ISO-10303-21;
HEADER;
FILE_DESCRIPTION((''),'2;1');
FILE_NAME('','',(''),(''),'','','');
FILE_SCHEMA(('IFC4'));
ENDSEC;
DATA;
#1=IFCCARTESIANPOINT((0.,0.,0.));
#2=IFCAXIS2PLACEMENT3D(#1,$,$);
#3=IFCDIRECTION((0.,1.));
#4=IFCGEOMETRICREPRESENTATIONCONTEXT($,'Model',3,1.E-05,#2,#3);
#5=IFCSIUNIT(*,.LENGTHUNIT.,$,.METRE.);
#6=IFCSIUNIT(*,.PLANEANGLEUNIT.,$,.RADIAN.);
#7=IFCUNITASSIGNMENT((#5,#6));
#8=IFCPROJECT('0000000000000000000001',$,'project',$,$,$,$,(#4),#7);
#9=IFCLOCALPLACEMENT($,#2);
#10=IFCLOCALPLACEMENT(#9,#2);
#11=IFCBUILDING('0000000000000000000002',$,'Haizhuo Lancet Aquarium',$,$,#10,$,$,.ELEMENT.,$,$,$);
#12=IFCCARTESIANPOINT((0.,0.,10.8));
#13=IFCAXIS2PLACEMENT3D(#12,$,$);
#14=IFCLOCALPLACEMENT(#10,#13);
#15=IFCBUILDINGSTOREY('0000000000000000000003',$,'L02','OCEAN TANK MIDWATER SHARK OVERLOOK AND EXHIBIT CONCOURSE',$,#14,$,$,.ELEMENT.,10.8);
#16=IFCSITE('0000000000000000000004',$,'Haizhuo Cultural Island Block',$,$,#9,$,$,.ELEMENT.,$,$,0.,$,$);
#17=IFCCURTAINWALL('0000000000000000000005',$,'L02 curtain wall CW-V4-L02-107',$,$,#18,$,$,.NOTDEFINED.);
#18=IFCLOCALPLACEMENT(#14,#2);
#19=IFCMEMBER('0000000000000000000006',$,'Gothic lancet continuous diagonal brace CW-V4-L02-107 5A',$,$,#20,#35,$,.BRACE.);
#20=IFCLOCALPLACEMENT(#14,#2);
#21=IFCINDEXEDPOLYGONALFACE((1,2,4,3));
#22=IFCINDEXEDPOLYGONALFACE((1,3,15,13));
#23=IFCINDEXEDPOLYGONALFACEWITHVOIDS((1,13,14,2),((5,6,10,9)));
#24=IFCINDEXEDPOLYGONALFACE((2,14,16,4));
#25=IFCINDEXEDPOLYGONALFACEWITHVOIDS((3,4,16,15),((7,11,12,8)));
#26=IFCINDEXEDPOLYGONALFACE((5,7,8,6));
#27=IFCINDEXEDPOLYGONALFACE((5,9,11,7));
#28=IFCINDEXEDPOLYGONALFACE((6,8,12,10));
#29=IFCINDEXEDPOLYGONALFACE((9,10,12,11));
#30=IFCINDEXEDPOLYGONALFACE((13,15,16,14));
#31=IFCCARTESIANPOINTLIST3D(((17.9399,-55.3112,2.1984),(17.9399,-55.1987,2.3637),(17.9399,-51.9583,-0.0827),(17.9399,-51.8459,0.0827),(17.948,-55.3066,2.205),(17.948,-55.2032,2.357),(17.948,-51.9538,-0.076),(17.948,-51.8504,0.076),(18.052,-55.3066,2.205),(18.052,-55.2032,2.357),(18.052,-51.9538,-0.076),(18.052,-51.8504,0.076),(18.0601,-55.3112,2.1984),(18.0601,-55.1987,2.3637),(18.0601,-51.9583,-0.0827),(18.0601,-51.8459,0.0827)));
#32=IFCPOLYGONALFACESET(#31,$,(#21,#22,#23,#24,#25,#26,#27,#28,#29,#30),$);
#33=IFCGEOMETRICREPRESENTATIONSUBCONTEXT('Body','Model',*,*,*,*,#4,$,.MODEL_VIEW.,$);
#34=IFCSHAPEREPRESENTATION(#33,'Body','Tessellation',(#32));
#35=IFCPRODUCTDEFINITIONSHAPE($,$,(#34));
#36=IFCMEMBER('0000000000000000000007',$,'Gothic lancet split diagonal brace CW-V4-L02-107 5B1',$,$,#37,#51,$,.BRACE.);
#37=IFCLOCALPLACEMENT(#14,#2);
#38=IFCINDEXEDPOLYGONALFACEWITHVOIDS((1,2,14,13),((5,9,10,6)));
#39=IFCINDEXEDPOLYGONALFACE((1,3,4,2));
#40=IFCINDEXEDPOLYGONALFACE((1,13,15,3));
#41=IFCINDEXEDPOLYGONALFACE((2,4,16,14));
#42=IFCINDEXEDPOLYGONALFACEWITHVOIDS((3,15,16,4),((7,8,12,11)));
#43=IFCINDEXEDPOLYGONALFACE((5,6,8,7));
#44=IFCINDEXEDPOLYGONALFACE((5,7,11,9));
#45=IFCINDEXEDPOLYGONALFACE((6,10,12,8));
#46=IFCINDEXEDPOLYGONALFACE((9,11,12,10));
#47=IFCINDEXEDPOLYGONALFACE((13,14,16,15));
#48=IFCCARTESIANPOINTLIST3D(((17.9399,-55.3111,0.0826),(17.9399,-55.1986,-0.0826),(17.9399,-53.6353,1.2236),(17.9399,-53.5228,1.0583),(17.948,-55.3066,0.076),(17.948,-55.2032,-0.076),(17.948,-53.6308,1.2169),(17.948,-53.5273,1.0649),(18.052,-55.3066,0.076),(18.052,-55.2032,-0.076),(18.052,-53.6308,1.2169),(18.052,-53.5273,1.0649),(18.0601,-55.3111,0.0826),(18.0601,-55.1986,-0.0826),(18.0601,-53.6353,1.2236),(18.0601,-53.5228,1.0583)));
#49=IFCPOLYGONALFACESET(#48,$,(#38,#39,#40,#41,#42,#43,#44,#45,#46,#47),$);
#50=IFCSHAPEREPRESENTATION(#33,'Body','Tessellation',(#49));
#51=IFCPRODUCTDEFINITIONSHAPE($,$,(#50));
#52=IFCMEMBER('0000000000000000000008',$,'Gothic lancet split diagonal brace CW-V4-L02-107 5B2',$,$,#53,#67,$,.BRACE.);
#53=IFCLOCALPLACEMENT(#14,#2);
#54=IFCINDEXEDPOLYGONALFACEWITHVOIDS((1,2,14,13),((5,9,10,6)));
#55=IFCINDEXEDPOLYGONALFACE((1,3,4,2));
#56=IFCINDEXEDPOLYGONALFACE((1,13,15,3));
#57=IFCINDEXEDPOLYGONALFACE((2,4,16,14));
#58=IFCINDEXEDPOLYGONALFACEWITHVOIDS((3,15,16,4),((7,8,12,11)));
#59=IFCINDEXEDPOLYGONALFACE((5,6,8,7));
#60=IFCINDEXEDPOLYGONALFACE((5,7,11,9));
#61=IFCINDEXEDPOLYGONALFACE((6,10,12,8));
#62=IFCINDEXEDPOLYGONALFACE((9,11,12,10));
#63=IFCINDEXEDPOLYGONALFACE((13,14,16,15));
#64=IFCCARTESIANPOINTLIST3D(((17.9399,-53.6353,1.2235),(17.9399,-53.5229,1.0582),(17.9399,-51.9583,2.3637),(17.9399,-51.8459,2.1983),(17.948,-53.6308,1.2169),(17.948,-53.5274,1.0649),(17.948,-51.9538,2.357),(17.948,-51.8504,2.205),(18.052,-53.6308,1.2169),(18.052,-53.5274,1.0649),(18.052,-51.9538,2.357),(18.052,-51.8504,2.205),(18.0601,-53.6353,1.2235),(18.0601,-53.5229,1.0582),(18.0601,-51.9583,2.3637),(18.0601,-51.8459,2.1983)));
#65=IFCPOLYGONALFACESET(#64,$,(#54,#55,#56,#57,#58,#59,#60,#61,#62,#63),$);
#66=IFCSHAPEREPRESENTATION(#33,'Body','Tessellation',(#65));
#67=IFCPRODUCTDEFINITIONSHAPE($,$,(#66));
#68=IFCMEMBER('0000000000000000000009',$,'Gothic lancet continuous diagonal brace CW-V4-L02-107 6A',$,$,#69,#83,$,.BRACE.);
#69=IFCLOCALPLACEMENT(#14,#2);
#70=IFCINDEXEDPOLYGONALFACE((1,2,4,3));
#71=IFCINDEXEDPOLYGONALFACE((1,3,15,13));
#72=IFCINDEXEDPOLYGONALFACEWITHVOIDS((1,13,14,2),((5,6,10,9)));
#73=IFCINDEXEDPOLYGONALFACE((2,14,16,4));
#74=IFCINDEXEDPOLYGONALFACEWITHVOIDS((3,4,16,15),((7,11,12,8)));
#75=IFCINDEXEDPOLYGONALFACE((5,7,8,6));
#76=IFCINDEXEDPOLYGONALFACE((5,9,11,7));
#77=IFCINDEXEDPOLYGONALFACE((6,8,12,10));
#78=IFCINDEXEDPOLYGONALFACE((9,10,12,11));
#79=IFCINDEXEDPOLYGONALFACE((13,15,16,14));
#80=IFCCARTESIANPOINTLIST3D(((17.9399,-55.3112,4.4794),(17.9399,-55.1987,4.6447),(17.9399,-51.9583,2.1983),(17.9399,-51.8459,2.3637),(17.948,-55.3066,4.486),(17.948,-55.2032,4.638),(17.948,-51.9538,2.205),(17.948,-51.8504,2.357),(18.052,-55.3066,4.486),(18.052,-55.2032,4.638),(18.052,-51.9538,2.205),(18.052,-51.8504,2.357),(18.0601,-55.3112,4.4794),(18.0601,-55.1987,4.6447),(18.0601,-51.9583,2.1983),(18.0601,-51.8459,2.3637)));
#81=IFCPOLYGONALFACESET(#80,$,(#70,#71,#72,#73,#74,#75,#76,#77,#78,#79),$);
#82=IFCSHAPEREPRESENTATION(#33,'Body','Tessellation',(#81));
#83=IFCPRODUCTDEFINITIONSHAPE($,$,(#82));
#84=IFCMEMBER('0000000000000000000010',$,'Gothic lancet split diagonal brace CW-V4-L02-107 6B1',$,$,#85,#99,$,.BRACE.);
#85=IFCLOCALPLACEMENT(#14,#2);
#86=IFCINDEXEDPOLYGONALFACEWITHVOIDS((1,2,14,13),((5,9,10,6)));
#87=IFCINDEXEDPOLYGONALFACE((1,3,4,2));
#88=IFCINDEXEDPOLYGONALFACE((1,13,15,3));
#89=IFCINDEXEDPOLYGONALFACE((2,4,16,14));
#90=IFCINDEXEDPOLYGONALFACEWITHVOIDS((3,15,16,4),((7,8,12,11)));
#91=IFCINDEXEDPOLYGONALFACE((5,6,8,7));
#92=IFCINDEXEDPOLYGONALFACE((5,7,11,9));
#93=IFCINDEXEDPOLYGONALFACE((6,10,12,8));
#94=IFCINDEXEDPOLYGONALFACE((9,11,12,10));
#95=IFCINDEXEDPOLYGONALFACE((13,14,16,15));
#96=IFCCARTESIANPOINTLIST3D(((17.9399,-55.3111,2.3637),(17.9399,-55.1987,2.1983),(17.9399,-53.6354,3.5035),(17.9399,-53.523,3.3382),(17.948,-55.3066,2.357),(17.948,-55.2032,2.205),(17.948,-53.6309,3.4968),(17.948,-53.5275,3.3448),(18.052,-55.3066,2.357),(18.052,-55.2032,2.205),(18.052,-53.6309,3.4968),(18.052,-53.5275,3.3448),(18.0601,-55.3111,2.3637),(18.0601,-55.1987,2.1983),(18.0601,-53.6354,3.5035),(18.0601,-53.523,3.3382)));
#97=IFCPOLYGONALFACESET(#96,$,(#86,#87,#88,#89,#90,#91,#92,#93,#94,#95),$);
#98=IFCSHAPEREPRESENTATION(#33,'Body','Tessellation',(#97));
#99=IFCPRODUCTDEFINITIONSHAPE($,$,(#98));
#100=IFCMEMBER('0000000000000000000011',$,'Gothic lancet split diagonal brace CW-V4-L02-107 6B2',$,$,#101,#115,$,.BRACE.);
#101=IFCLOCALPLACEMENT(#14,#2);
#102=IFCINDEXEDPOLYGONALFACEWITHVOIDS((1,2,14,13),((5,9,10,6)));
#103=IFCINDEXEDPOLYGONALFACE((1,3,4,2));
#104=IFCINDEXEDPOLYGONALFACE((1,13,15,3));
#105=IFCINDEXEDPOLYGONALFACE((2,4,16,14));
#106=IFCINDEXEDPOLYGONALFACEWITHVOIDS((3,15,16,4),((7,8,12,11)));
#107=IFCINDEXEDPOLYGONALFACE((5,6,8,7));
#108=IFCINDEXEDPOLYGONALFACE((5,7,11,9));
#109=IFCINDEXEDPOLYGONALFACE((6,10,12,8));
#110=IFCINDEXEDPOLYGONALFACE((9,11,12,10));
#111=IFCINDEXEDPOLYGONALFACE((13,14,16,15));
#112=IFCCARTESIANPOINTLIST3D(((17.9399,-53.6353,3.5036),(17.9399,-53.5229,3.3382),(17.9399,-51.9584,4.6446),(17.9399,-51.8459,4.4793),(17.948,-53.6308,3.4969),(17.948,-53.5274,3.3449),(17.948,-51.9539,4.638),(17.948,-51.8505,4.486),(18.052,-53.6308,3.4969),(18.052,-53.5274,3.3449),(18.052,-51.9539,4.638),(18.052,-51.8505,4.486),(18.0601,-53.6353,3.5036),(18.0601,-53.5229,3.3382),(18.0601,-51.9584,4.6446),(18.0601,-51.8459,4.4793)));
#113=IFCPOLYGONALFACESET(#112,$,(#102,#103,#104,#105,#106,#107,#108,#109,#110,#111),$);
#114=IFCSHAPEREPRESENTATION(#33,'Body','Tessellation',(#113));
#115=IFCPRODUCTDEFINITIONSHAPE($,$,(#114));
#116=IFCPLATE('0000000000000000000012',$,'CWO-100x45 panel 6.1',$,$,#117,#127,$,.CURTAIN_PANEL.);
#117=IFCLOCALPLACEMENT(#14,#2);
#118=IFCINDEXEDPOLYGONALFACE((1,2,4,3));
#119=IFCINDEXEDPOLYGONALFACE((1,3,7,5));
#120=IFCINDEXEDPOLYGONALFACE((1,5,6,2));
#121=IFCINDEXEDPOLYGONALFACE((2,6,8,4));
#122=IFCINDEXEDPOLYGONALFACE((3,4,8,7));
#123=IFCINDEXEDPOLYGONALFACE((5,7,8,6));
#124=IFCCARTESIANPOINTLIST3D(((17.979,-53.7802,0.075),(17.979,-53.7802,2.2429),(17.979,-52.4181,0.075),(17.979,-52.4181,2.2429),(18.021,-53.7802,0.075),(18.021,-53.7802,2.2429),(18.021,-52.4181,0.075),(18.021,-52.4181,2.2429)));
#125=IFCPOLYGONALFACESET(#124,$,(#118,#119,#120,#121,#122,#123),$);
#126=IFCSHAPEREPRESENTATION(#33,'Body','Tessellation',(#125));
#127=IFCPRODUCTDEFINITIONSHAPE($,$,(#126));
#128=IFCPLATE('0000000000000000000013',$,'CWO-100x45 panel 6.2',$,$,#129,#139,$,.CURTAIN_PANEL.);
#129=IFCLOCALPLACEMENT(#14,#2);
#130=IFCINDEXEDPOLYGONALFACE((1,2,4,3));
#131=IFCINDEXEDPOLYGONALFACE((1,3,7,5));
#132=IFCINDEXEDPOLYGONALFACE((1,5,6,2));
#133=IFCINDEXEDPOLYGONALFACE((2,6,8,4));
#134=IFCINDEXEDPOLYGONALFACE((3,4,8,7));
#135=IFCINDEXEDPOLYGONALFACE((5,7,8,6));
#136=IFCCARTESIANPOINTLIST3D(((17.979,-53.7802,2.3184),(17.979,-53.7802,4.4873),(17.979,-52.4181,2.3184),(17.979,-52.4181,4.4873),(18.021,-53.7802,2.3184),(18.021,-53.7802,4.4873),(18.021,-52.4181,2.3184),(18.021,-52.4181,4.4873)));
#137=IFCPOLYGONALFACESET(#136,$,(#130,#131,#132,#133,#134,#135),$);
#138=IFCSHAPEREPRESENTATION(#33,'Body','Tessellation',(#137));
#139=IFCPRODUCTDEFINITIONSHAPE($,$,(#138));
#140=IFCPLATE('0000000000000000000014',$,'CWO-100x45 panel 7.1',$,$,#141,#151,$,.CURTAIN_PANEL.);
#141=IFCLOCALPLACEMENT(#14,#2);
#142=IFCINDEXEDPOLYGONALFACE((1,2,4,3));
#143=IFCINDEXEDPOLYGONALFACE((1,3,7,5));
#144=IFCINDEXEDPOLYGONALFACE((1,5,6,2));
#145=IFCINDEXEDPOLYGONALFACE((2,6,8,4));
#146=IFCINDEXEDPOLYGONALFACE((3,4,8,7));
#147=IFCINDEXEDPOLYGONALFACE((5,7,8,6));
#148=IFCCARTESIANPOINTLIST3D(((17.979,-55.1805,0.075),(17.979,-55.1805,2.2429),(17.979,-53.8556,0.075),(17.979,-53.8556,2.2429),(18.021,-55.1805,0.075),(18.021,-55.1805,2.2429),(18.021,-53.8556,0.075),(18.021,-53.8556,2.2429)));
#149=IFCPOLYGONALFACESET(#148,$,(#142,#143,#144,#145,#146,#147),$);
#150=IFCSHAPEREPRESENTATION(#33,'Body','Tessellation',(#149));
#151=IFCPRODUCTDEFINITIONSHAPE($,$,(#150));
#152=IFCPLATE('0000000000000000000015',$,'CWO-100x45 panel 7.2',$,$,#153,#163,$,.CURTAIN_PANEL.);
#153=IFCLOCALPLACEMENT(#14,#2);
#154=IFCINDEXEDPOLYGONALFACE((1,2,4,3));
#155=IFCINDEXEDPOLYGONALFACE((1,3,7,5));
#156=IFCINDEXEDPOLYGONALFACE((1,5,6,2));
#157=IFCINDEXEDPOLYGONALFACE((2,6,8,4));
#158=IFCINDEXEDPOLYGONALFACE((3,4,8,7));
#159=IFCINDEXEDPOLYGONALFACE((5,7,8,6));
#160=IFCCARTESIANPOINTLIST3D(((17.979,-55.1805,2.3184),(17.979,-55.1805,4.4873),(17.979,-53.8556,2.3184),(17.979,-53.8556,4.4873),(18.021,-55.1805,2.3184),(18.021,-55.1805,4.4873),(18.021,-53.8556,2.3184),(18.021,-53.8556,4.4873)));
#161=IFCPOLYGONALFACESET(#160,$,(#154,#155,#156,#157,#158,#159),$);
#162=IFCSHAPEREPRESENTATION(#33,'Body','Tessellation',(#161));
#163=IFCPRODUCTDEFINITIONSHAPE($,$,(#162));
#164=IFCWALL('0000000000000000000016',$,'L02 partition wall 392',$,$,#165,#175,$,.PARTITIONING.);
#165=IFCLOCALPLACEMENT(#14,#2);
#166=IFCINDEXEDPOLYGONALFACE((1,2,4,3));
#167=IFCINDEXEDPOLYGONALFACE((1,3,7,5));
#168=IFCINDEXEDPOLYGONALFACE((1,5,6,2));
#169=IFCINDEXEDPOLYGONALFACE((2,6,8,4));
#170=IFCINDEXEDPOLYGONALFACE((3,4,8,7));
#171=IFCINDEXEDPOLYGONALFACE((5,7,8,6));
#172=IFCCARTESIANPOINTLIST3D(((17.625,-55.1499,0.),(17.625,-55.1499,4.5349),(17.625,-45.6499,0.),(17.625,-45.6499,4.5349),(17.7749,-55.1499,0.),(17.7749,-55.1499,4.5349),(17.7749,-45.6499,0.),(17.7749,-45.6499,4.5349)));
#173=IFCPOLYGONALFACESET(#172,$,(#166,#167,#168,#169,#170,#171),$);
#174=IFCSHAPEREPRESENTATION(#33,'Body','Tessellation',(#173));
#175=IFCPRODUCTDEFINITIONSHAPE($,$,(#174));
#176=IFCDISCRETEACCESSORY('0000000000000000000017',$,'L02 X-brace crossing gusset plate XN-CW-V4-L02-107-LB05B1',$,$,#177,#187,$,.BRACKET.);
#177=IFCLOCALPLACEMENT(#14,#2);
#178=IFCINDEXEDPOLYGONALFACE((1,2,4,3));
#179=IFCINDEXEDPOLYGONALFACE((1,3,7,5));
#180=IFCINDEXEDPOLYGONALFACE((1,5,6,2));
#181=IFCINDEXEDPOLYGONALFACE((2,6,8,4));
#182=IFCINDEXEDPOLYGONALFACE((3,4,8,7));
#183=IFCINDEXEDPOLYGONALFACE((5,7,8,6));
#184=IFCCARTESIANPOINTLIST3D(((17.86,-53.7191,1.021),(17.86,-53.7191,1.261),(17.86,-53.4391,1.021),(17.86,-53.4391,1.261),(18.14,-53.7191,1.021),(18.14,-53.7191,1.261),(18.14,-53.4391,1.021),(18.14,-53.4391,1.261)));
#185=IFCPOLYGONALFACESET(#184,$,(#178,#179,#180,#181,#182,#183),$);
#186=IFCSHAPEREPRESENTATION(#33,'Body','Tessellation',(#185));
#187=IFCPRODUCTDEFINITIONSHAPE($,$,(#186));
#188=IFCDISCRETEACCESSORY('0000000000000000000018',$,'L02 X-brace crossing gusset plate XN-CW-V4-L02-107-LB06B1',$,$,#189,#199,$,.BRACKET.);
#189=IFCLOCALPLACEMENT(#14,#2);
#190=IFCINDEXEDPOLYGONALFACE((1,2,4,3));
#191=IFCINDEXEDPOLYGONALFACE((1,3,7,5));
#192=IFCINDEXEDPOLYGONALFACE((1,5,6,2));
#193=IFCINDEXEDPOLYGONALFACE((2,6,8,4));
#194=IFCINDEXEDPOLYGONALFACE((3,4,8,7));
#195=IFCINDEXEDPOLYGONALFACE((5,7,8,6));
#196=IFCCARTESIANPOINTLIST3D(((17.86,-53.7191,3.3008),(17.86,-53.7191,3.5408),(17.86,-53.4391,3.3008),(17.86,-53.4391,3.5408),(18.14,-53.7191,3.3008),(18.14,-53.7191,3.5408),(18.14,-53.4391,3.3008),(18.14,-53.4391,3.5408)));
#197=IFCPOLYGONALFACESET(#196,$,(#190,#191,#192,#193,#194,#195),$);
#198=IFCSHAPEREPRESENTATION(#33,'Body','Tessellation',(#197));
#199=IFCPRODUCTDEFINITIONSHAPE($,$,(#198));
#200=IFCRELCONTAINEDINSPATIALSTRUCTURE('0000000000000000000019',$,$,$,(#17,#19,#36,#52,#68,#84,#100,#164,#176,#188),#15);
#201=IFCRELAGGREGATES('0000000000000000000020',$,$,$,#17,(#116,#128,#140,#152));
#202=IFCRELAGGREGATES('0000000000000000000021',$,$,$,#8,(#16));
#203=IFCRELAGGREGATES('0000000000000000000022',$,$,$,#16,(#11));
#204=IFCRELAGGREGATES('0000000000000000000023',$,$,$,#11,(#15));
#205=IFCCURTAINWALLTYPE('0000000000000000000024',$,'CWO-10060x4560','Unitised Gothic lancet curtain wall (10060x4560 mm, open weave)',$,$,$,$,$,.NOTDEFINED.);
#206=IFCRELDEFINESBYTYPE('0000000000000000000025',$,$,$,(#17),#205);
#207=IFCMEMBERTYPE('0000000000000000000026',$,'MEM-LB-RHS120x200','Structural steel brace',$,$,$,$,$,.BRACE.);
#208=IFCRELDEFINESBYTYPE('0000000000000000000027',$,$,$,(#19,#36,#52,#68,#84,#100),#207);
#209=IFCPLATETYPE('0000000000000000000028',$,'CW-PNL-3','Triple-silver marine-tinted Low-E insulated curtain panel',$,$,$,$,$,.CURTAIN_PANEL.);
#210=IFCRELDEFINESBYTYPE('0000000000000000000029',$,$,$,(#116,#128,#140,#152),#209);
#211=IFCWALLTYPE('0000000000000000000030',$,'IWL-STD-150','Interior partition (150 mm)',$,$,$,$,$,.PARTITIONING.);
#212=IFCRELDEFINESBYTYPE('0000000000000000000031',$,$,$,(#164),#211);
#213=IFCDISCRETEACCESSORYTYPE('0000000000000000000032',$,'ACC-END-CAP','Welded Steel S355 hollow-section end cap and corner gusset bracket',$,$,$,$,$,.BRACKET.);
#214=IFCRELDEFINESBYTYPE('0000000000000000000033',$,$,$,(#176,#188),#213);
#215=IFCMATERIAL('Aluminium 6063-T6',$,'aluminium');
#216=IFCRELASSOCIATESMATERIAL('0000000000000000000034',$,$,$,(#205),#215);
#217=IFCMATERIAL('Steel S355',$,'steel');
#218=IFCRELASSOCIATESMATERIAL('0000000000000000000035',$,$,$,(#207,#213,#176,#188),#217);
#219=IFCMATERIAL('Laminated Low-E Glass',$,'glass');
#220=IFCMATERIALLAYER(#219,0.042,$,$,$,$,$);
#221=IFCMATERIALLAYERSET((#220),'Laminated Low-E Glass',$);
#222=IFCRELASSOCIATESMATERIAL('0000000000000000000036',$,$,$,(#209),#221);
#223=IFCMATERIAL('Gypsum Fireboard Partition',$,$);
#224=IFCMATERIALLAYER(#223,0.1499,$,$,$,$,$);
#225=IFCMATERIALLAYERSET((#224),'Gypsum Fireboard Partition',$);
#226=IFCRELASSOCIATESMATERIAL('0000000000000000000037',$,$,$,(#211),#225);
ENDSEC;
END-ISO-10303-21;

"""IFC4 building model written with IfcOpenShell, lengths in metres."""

from ifc_helpers import new_model, si_unit, direction, frame, frame_2d, origin, origin_2d, place, context, subcontext, project, spatial, rectangle, hollow_rectangle, extrude, material, layer, layer_set, material_profile, profile_set, type_object, element, aggregate, save


model = new_model("IFC4")

# Units and contexts
model_context = context("Model", 3, precision=1e-05, world=origin(), true_north=direction((0.0, 1.0)))
body_context = subcontext(model_context, "Body", "Model", "MODEL_VIEW")
ifc_project = project(units=[si_unit("LENGTHUNIT", "METRE"), si_unit("PLANEANGLEUNIT", "RADIAN")], contexts=[model_context])

# Site, building, storey
site_placement = place(None, origin())
site = spatial("IfcSite", under=ifc_project, at=site_placement, Name="Haizhuo Cultural Island Block", CompositionType="ELEMENT", RefElevation=0.0)
building_placement = place(site_placement, origin())
building = spatial("IfcBuilding", under=site, at=building_placement, Name="Haizhuo Lancet Aquarium", CompositionType="ELEMENT")
storey_placement = place(building_placement, frame((0.0, 0.0, 10.8)))
storey = spatial("IfcBuildingStorey", under=building, at=storey_placement, Name="L02", Description="OCEAN TANK MIDWATER SHARK OVERLOOK AND EXHIBIT CONCOURSE", CompositionType="ELEMENT", Elevation=10.8)

# Curtain wall
ifc_material_1 = material(Name="Aluminium 6063-T6", Category="aluminium")
curtain_wall_type = type_object("IfcCurtainWallType", Name="CWO-10060x4560", Description="Unitised Gothic lancet curtain wall (10060x4560 mm, open weave)", PredefinedType="NOTDEFINED", material=ifc_material_1)
curtain_wall_placement = place(storey_placement, origin())
curtain_wall = element("IfcCurtainWall", 1, at=curtain_wall_placement, inside=storey, type_object=curtain_wall_type, Name="L02 curtain wall CW-V4-L02-107", PredefinedType="NOTDEFINED")

# Members
ifc_material_2 = material(Name="Steel S355", Category="steel")
ifc_material_profile_1 = material_profile(ifc_material_2, hollow_rectangle(XDim=0.1201, YDim=0.2, WallThickness=0.0081, at=origin_2d()), Name="RHS 120x200x8")
ifc_profile_set_1 = profile_set([ifc_material_profile_1], Name="Steel S355")
member_type_1 = type_object("IfcMemberType", Name="MEM-LB-RHS120x200", Description="Structural steel brace", PredefinedType="BRACE", material=ifc_profile_set_1)
member_1_placement = place(storey_placement, frame((18.0, -51.9021, 0.0), z_axis=(0.0, -0.826799, 0.562498), x_axis=(1.0, 0.0, 0.0)))
element("IfcMember", 2, at=member_1_placement, inside=storey, type_object=member_type_1, Name="Gothic lancet continuous diagonal brace CW-V4-L02-107 5A", PredefinedType="BRACE", context=body_context, shape_type="SweptSolid", body=[
    extrude(hollow_rectangle(XDim=0.1201, YDim=0.2, WallThickness=0.0081, at=origin_2d()), origin(), (0.0, 0.0, 1.0), 4.0552),
])
member_2_placement = place(storey_placement, frame((18.0, -55.2549, 0.0), z_axis=(0.0, 0.82662, 0.562761), x_axis=(-1.0, 0.0, 0.0)))
element("IfcMember", 3, at=member_2_placement, inside=storey, type_object=member_type_1, Name="Gothic lancet split diagonal brace CW-V4-L02-107 5B1", PredefinedType="BRACE", context=body_context, shape_type="SweptSolid", body=[
    extrude(hollow_rectangle(XDim=0.1201, YDim=0.2, WallThickness=0.0081, at=origin_2d()), origin(), (0.0, 0.0, 1.0), 2.0273),
])
member_3_placement = place(storey_placement, frame((18.0, -53.5791, 1.1409), z_axis=(0.0, 0.826978, 0.562234), x_axis=(-1.0, 0.0, 0.0)))
element("IfcMember", 4, at=member_3_placement, inside=storey, type_object=member_type_1, Name="Gothic lancet split diagonal brace CW-V4-L02-107 5B2", PredefinedType="BRACE", context=body_context, shape_type="SweptSolid", body=[
    extrude(hollow_rectangle(XDim=0.1201, YDim=0.2, WallThickness=0.0081, at=origin_2d()), origin(), (0.0, 0.0, 1.0), 2.0278),
])
member_4_placement = place(storey_placement, frame((18.0, -51.9021, 2.281), z_axis=(0.0, -0.826799, 0.562498), x_axis=(1.0, 0.0, 0.0)))
element("IfcMember", 5, at=member_4_placement, inside=storey, type_object=member_type_1, Name="Gothic lancet continuous diagonal brace CW-V4-L02-107 6A", PredefinedType="BRACE", context=body_context, shape_type="SweptSolid", body=[
    extrude(hollow_rectangle(XDim=0.1201, YDim=0.2, WallThickness=0.0081, at=origin_2d()), origin(), (0.0, 0.0, 1.0), 4.0552),
])
member_5_placement = place(storey_placement, frame((18.0, -55.2549, 2.281), z_axis=(0.0, 0.826844, 0.562432), x_axis=(-1.0, 0.0, 0.0)))
element("IfcMember", 6, at=member_5_placement, inside=storey, type_object=member_type_1, Name="Gothic lancet split diagonal brace CW-V4-L02-107 6B1", PredefinedType="BRACE", context=body_context, shape_type="SweptSolid", body=[
    extrude(hollow_rectangle(XDim=0.1201, YDim=0.2, WallThickness=0.0081, at=origin_2d()), origin(), (0.0, 0.0, 1.0), 2.0266),
])
member_6_placement = place(storey_placement, frame((18.0, -53.5791, 3.4209), z_axis=(0.0, 0.826754, 0.562563), x_axis=(-1.0, 0.0, 0.0)))
element("IfcMember", 7, at=member_6_placement, inside=storey, type_object=member_type_1, Name="Gothic lancet split diagonal brace CW-V4-L02-107 6B2", PredefinedType="BRACE", context=body_context, shape_type="SweptSolid", body=[
    extrude(hollow_rectangle(XDim=0.1201, YDim=0.2, WallThickness=0.0081, at=origin_2d()), origin(), (0.0, 0.0, 1.0), 2.0283),
])

# Plates
ifc_material_3 = material(Name="Laminated Low-E Glass", Category="glass")
ifc_layer_1 = layer(ifc_material_3, 0.042)
ifc_layer_set_1 = layer_set([ifc_layer_1], Name="Laminated Low-E Glass")
plate_type = type_object("IfcPlateType", Name="CW-PNL-3", Description="Triple-silver marine-tinted Low-E insulated curtain panel", PredefinedType="CURTAIN_PANEL", material=ifc_layer_set_1)
plate_1_placement = place(storey_placement, frame((18.0, -53.0991, 0.075), z_axis=(0.0, 0.0, 1.0), x_axis=(0.0, -1.0, 0.0)))
plate_1 = element("IfcPlate", 8, at=plate_1_placement, type_object=plate_type, Name="CWO-100x45 panel 6.1", PredefinedType="CURTAIN_PANEL", context=body_context, shape_type="SweptSolid", body=[
    extrude(rectangle(XDim=1.3621, YDim=0.042, at=origin_2d()), origin(), (0.0, 0.0, 1.0), 2.168),
])
plate_2_placement = place(storey_placement, frame((18.0, -53.0991, 2.3184), z_axis=(0.0, 0.0, 1.0), x_axis=(0.0, -1.0, 0.0)))
plate_2 = element("IfcPlate", 9, at=plate_2_placement, type_object=plate_type, Name="CWO-100x45 panel 6.2", PredefinedType="CURTAIN_PANEL", context=body_context, shape_type="SweptSolid", body=[
    extrude(rectangle(XDim=1.3621, YDim=0.042, at=origin_2d()), origin(), (0.0, 0.0, 1.0), 2.1689),
])
plate_3_placement = place(storey_placement, frame((18.0, -54.5181, 0.075), z_axis=(0.0, 0.0, 1.0), x_axis=(0.0, -1.0, 0.0)))
plate_3 = element("IfcPlate", 10, at=plate_3_placement, type_object=plate_type, Name="CWO-100x45 panel 7.1", PredefinedType="CURTAIN_PANEL", context=body_context, shape_type="SweptSolid", body=[
    extrude(rectangle(XDim=1.325, YDim=0.042, at=origin_2d()), origin(), (0.0, 0.0, 1.0), 2.168),
])
plate_4_placement = place(storey_placement, frame((18.0, -54.5181, 2.3184), z_axis=(0.0, 0.0, 1.0), x_axis=(0.0, -1.0, 0.0)))
plate_4 = element("IfcPlate", 11, at=plate_4_placement, type_object=plate_type, Name="CWO-100x45 panel 7.2", PredefinedType="CURTAIN_PANEL", context=body_context, shape_type="SweptSolid", body=[
    extrude(rectangle(XDim=1.325, YDim=0.042, at=origin_2d()), origin(), (0.0, 0.0, 1.0), 2.1689),
])
aggregate(curtain_wall, [plate_1, plate_2, plate_3, plate_4])

# Wall
ifc_material_4 = material(Name="Gypsum Fireboard Partition")
ifc_layer_2 = layer(ifc_material_4, 0.1499)
ifc_layer_set_2 = layer_set([ifc_layer_2], Name="Gypsum Fireboard Partition")
wall_type = type_object("IfcWallType", Name="IWL-STD-150", Description="Interior partition (150 mm)", PredefinedType="PARTITIONING", material=ifc_layer_set_2)
wall_placement = place(storey_placement, frame((17.7, -55.1499, 0.0), z_axis=(0.0, 0.0, 1.0), x_axis=(0.0, 1.0, 0.0)))
element("IfcWall", 12, at=wall_placement, inside=storey, type_object=wall_type, Name="L02 partition wall 392", PredefinedType="PARTITIONING", context=body_context, shape_type="SweptSolid", body=[
    extrude(rectangle(XDim=9.5, YDim=0.1499, at=frame_2d((4.75, 0.0))), origin(), (0.0, 0.0, 1.0), 4.5349),
])

# Discrete accessories
discrete_accessory_type = type_object("IfcDiscreteAccessoryType", Name="ACC-END-CAP", Description="Welded Steel S355 hollow-section end cap and corner gusset bracket", PredefinedType="BRACKET", material=ifc_material_2)
for number, where, z_axis, x_axis, name in (
    (13, (18.0, -53.5791, 1.021), (0.0, 0.0, 1.0), (1.0, 0.0, 0.0), "L02 X-brace crossing gusset plate XN-CW-V4-L02-107-LB05B1"),
    (14, (18.0, -53.5791, 3.3008), (0.0, 0.0, 1.0), (1.0, 0.0, 0.0), "L02 X-brace crossing gusset plate XN-CW-V4-L02-107-LB06B1"),
):
    element("IfcDiscreteAccessory", number, at=place(storey_placement, frame(where, z_axis=z_axis, x_axis=x_axis)), inside=storey, type_object=discrete_accessory_type, material=ifc_material_2, Name=name, PredefinedType="BRACKET", context=body_context, shape_type="SweptSolid", body=[
        extrude(rectangle(XDim=0.28, YDim=0.28, at=origin_2d()), origin(), (0.0, 0.0, 1.0), 0.24),
    ])

save(model, "model.ifc")
